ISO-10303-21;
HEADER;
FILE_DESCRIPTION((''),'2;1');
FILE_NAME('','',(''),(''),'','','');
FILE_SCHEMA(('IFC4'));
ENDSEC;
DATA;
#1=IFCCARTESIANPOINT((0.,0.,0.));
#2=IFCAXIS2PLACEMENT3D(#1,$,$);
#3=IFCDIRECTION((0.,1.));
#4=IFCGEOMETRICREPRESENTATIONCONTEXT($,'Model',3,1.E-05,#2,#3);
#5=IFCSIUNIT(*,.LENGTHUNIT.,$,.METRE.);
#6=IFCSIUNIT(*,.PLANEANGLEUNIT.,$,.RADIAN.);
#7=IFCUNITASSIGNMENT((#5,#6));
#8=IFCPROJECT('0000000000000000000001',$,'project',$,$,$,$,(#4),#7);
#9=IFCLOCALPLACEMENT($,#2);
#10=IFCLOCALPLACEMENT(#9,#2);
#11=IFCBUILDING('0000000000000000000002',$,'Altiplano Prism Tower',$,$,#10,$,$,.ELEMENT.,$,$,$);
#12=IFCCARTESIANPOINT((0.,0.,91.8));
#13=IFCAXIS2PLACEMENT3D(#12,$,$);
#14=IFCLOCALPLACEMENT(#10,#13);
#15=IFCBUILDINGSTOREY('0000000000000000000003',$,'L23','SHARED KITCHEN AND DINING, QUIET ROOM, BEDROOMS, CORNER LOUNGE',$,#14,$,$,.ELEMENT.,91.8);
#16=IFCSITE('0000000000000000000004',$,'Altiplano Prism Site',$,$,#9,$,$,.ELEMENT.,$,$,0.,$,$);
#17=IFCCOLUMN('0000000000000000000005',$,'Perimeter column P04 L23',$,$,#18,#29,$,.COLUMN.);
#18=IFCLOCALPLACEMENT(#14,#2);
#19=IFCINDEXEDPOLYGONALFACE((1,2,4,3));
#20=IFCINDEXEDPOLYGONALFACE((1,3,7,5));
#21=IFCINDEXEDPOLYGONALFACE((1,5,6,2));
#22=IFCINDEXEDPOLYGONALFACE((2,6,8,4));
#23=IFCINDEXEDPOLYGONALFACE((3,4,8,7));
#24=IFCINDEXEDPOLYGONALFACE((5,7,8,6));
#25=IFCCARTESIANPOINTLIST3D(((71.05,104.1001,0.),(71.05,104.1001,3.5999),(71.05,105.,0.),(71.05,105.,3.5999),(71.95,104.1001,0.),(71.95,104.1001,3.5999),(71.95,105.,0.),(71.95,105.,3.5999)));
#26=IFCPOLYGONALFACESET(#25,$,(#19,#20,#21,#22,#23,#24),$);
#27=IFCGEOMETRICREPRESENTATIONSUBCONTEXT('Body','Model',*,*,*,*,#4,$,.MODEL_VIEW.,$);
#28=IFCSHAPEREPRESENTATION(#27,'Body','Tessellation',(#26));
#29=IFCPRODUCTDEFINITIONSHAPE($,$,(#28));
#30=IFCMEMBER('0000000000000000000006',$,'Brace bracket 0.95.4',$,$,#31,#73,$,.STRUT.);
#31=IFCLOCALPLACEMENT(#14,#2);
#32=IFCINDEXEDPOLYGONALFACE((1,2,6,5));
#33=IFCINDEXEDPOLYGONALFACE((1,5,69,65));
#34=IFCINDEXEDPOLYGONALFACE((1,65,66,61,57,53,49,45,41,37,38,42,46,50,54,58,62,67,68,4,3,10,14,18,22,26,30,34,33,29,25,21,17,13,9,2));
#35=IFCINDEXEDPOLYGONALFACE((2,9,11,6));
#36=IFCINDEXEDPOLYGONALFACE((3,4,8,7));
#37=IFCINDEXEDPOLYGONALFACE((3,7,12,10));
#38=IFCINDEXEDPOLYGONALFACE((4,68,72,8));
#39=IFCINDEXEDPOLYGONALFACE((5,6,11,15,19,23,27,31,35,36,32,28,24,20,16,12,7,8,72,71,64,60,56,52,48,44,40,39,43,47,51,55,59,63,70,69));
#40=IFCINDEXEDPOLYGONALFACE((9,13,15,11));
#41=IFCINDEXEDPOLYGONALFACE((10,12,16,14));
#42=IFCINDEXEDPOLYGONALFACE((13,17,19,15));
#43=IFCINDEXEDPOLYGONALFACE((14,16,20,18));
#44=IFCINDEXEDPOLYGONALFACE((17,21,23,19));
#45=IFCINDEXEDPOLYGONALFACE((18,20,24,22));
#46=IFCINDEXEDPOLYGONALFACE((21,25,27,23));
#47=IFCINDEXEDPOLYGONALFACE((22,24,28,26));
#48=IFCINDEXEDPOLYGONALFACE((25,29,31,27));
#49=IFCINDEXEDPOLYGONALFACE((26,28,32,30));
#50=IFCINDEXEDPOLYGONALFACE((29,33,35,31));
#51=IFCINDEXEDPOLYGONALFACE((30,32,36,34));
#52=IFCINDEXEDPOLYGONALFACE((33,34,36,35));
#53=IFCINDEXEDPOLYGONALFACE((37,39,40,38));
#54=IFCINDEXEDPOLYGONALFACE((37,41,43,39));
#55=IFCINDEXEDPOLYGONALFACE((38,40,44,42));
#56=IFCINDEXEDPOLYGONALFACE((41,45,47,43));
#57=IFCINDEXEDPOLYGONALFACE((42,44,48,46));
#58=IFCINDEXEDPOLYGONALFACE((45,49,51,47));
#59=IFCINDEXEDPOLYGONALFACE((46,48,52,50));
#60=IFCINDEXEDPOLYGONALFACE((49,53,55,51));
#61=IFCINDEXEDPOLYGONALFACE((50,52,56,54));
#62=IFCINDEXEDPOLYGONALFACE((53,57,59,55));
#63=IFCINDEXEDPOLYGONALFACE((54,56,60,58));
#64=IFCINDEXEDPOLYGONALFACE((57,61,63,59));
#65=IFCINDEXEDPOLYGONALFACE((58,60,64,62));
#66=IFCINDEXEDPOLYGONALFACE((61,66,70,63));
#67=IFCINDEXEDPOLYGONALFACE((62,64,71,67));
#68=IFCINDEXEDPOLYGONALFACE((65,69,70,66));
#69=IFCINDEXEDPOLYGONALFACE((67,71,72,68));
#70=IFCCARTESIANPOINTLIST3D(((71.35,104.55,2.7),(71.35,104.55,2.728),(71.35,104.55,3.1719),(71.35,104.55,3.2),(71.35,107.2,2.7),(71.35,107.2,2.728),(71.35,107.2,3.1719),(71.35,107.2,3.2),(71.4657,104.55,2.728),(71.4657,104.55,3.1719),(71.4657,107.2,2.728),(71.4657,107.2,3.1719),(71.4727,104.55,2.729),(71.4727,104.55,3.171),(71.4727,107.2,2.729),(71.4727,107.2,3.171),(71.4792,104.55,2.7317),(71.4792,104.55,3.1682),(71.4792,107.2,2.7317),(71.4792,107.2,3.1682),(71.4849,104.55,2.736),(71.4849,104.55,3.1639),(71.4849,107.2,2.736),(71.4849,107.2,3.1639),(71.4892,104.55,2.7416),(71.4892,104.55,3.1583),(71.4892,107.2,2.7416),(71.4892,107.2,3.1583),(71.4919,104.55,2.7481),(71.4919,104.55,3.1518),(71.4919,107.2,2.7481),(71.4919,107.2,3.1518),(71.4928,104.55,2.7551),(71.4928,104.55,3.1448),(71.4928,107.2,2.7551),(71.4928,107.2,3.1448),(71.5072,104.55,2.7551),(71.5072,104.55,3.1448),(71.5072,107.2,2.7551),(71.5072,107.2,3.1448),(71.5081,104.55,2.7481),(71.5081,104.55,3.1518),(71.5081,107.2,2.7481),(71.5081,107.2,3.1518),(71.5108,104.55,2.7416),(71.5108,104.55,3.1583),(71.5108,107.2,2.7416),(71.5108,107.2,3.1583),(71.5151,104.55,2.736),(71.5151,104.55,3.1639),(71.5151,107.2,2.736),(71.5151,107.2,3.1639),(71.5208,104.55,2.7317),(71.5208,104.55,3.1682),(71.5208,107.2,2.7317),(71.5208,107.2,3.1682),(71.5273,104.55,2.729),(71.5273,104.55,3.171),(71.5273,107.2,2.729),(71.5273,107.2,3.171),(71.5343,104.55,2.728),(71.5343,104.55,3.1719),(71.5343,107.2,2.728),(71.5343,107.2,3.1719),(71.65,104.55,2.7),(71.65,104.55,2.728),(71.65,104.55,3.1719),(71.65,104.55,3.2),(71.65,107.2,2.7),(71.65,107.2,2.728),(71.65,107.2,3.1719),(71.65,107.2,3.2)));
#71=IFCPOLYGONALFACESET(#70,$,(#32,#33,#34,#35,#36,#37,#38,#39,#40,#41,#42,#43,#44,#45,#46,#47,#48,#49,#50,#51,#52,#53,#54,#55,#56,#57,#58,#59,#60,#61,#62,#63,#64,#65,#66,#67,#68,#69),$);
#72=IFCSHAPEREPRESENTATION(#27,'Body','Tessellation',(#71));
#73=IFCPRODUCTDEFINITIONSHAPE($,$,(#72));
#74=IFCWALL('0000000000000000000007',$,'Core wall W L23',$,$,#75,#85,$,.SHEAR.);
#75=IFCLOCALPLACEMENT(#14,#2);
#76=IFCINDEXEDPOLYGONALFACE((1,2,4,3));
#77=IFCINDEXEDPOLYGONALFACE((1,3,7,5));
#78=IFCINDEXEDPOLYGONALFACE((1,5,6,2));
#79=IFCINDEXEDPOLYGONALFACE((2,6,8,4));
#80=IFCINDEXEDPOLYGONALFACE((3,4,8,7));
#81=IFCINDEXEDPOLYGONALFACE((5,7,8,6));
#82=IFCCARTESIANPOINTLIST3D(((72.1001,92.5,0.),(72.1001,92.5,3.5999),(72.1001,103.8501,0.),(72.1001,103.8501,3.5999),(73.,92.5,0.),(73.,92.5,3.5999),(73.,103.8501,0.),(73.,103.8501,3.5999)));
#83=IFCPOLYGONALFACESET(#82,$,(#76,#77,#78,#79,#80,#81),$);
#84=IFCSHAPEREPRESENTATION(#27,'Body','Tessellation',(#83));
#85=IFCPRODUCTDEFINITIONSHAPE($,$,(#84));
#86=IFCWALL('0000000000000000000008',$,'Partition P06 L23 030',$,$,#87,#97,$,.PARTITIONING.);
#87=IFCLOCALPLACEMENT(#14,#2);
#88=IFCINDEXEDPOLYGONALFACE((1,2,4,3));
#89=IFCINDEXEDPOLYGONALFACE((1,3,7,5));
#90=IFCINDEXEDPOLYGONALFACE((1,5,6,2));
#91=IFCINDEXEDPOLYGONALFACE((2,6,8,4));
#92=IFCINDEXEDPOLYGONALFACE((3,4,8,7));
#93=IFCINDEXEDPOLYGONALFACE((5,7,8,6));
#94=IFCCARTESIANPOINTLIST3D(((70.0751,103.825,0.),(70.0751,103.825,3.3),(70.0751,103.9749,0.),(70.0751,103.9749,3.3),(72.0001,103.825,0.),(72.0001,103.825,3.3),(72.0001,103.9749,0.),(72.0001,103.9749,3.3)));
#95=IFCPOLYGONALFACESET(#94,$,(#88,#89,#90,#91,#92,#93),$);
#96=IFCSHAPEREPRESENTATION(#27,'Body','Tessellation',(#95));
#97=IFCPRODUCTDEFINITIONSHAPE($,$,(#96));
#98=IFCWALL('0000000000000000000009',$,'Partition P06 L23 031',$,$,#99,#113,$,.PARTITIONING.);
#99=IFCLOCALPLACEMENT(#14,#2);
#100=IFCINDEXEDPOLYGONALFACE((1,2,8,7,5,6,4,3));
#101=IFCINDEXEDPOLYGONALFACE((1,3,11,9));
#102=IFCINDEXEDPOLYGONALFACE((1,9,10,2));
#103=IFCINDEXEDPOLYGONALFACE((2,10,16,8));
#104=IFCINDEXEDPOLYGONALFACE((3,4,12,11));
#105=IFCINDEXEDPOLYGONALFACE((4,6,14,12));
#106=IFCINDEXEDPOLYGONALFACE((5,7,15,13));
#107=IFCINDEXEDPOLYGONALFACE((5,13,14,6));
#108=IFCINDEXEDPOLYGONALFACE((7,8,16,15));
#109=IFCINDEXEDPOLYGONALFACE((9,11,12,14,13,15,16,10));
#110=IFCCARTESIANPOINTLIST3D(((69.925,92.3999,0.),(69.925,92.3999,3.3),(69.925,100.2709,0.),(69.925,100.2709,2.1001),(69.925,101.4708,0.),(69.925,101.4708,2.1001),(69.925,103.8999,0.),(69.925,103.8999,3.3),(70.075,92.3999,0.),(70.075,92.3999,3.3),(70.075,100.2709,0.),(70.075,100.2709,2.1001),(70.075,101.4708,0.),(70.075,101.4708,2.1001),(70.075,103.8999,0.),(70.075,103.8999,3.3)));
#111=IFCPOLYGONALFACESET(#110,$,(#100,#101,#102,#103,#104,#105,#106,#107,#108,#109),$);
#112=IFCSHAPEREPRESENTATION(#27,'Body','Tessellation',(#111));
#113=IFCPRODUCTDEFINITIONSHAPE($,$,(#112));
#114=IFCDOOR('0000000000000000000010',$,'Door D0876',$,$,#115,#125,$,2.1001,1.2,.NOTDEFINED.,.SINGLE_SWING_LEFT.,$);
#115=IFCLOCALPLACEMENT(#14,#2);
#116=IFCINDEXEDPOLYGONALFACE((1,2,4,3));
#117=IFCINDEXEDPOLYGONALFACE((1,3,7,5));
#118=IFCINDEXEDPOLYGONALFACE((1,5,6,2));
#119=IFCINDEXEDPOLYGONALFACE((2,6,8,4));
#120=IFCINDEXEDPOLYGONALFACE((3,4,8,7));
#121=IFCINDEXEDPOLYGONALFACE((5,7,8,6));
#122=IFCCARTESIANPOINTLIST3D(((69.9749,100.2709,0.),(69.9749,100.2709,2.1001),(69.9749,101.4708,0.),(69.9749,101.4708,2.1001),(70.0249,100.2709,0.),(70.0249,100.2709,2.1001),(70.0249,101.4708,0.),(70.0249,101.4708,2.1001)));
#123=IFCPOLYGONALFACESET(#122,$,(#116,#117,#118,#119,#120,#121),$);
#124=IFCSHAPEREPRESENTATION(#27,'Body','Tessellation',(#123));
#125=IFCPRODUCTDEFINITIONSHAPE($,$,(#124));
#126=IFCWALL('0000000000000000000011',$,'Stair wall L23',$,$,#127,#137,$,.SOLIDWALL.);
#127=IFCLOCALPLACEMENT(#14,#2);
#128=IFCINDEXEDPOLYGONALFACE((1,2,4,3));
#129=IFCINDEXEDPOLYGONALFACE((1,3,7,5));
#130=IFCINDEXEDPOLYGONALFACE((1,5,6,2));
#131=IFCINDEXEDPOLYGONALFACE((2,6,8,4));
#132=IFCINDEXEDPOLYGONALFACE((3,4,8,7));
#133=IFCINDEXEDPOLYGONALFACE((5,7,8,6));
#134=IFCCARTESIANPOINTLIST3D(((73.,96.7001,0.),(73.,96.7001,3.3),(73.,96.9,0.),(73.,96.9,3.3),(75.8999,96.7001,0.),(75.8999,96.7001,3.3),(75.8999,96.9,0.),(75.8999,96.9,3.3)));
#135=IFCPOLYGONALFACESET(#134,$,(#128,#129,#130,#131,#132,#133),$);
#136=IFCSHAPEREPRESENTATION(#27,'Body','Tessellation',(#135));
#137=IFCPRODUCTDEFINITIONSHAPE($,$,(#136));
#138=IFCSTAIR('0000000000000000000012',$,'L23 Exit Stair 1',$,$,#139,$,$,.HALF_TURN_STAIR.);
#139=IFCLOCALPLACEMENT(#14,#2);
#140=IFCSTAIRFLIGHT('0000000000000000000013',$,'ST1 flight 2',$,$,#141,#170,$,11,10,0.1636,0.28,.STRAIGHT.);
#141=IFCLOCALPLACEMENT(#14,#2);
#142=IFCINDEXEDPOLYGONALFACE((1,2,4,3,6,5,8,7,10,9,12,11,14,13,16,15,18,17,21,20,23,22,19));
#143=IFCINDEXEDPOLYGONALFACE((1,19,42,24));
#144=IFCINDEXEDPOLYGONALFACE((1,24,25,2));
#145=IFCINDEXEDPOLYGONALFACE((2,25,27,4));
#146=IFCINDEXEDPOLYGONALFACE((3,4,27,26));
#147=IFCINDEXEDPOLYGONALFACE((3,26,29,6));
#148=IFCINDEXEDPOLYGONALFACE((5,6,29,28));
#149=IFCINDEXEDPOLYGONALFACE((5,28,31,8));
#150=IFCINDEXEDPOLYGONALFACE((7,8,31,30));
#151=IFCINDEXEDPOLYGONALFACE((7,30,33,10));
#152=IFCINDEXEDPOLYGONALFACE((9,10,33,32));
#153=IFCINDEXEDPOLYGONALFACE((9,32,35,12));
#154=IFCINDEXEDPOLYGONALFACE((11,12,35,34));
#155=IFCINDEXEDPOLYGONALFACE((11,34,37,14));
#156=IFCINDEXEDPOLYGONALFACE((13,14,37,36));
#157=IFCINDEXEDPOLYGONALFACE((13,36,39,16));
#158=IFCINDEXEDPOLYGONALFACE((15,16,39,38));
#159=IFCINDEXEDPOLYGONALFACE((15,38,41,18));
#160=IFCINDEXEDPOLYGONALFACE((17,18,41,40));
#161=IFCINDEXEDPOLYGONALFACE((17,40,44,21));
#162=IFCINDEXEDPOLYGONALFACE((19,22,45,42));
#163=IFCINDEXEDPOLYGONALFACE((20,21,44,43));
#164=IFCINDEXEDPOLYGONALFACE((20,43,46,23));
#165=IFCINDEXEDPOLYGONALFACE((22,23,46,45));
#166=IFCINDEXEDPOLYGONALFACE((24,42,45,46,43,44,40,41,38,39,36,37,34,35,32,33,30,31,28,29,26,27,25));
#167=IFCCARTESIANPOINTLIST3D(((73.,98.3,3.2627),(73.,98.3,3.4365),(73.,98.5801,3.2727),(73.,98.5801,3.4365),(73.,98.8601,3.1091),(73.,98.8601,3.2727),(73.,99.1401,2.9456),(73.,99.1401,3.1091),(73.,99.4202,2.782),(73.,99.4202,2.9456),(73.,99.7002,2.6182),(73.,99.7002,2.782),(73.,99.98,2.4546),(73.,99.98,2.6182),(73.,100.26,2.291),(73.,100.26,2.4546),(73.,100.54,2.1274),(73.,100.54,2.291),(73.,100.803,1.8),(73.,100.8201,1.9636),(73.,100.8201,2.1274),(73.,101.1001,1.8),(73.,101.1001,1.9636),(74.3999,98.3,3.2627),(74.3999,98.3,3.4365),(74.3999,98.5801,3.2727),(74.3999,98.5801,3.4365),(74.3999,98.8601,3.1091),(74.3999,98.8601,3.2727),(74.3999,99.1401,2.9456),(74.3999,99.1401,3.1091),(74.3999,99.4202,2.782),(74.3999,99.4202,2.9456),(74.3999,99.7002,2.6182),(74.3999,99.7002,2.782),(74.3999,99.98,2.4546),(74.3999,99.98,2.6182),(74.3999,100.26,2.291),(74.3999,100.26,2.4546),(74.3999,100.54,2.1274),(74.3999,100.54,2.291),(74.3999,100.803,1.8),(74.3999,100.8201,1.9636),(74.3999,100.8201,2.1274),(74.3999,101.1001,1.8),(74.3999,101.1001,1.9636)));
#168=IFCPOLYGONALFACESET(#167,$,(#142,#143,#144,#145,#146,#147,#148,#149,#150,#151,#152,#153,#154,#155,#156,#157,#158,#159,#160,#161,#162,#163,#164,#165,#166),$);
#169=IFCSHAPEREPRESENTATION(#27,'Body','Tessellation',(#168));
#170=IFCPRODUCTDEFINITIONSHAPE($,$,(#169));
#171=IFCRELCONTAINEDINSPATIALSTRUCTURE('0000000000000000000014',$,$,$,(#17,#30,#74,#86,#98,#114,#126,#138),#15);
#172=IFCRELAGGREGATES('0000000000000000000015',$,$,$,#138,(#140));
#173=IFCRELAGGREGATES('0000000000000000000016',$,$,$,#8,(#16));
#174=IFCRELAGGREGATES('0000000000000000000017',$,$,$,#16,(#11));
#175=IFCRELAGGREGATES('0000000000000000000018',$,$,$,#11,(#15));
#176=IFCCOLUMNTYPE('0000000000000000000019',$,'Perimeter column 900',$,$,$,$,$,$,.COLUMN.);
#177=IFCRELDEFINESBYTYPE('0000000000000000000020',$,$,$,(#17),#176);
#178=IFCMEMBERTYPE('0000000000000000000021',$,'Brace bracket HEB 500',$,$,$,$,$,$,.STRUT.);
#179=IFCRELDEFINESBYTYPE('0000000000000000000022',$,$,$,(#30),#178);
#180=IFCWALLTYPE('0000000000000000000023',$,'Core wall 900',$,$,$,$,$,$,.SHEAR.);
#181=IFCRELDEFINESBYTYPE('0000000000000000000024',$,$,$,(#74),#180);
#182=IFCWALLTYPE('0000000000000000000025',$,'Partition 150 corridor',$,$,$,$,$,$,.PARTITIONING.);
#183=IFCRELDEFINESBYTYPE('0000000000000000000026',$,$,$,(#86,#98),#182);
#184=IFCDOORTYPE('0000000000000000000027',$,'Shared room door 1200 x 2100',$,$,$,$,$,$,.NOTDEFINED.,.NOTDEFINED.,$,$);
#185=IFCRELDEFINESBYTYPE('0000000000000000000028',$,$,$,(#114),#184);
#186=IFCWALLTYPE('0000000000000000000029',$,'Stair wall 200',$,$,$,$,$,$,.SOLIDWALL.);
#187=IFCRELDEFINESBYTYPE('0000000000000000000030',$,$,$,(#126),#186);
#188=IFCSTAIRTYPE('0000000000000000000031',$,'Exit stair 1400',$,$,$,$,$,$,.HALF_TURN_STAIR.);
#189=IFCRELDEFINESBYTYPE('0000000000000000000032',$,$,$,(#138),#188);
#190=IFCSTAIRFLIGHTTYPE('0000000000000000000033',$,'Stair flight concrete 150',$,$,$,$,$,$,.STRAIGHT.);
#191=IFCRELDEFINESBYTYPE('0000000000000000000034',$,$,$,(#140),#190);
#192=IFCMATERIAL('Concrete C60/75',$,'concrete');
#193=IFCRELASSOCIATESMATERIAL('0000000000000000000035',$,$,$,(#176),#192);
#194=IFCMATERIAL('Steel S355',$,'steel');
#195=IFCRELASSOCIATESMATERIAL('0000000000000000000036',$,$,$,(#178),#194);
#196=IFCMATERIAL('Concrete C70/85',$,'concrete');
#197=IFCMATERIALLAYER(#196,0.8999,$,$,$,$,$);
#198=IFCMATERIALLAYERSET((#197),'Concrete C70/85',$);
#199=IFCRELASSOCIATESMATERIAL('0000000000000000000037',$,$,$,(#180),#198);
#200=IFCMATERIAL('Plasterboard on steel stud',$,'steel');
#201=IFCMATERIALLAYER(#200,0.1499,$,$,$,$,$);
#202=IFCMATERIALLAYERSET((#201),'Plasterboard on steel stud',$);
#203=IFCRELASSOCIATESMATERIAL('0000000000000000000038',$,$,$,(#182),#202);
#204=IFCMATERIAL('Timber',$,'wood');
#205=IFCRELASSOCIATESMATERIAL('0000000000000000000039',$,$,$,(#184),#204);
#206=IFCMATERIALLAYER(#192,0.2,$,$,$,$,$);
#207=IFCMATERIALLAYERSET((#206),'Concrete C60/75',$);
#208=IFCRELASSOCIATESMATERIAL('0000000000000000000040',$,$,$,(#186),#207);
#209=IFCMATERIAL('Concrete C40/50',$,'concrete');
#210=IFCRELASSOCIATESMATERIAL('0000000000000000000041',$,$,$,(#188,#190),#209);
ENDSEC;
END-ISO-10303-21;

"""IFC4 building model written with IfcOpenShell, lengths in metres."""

from ifc_helpers import new_model, si_unit, direction, frame, frame_2d, origin, origin_2d, place, context, subcontext, project, spatial, polyline, rectangle, i_section, outline, extrude, material, layer, layer_set, material_profile, profile_set, type_object, element, fill, aggregate, save


model = new_model("IFC4")

# Units and contexts
model_context = context("Model", 3, precision=1e-05, world=origin(), true_north=direction((0.0, 1.0)))
body_context = subcontext(model_context, "Body", "Model", "MODEL_VIEW")
ifc_project = project(units=[si_unit("LENGTHUNIT", "METRE"), si_unit("PLANEANGLEUNIT", "RADIAN")], contexts=[model_context])

# Site, building, storey
site_placement = place(None, origin())
site = spatial("IfcSite", under=ifc_project, at=site_placement, Name="Altiplano Prism Site", CompositionType="ELEMENT", RefElevation=0.0)
building_placement = place(site_placement, origin())
building = spatial("IfcBuilding", under=site, at=building_placement, Name="Altiplano Prism Tower", CompositionType="ELEMENT")
storey_placement = place(building_placement, frame((0.0, 0.0, 91.8)))
storey = spatial("IfcBuildingStorey", under=building, at=storey_placement, Name="L23", Description="SHARED KITCHEN AND DINING, QUIET ROOM, BEDROOMS, CORNER LOUNGE", CompositionType="ELEMENT", Elevation=91.8)

# Column
ifc_material_1 = material(Name="Concrete C60/75", Category="concrete")
ifc_material_profile_1 = material_profile(ifc_material_1, rectangle(XDim=0.8999, YDim=0.8999, at=origin_2d()), Name="Perimeter column 900")
ifc_profile_set_1 = profile_set([ifc_material_profile_1], Name="Concrete C60/75")
column_type = type_object("IfcColumnType", Name="Perimeter column 900", PredefinedType="COLUMN", material=ifc_profile_set_1)
column_placement = place(storey_placement, frame((71.5, 104.55, 0.0), z_axis=(0.0, 0.0, 1.0), x_axis=(1.0, 0.0, 0.0)))
element("IfcColumn", 1, at=column_placement, inside=storey, type_object=column_type, Name="Perimeter column P04 L23", PredefinedType="COLUMN", context=body_context, shape_type="SweptSolid", body=[
    extrude(rectangle(XDim=0.8999, YDim=0.8999, at=origin_2d()), origin(), (0.0, 0.0, 1.0), 3.5999),
])

# Member
ifc_material_2 = material(Name="Steel S355", Category="steel")
ifc_material_profile_2 = material_profile(ifc_material_2, i_section(OverallWidth=0.3, OverallDepth=0.5, WebThickness=0.0144, FlangeThickness=0.0281, FilletRadius=0.0271, at=origin_2d()), Name="Brace bracket HEB 500")
ifc_profile_set_2 = profile_set([ifc_material_profile_2], Name="Steel S355")
member_type = type_object("IfcMemberType", Name="Brace bracket HEB 500", PredefinedType="STRUT", material=ifc_profile_set_2)
member_placement = place(storey_placement, frame((71.5, 104.55, 2.95), z_axis=(0.0, 1.0, 0.0), x_axis=(-1.0, 0.0, 0.0)))
element("IfcMember", 2, at=member_placement, inside=storey, type_object=member_type, Name="Brace bracket 0.95.4", PredefinedType="STRUT", context=body_context, shape_type="SweptSolid", body=[
    extrude(i_section(OverallWidth=0.3, OverallDepth=0.5, WebThickness=0.0144, FlangeThickness=0.0281, FilletRadius=0.0271, at=origin_2d()), origin(), (0.0, 0.0, 1.0), 2.6499),
])

# Walls
ifc_material_3 = material(Name="Concrete C70/85", Category="concrete")
ifc_layer_1 = layer(ifc_material_3, 0.8999)
ifc_layer_set_1 = layer_set([ifc_layer_1], Name="Concrete C70/85")
wall_type_1 = type_object("IfcWallType", Name="Core wall 900", PredefinedType="SHEAR", material=ifc_layer_set_1)
wall_1_placement = place(storey_placement, frame((72.55, 103.8501, 0.0), z_axis=(0.0, 0.0, 1.0), x_axis=(0.0, -1.0, 0.0)))
element("IfcWall", 3, at=wall_1_placement, inside=storey, type_object=wall_type_1, Name="Core wall W L23", PredefinedType="SHEAR", context=body_context, shape_type="SweptSolid", body=[
    extrude(rectangle(XDim=11.3501, YDim=0.8999, at=frame_2d((5.675, 0.0))), origin(), (0.0, 0.0, 1.0), 3.5999),
])
ifc_material_4 = material(Name="Plasterboard on steel stud", Category="steel")
ifc_layer_2 = layer(ifc_material_4, 0.1499)
ifc_layer_set_2 = layer_set([ifc_layer_2], Name="Plasterboard on steel stud")
wall_type_2 = type_object("IfcWallType", Name="Partition 150 corridor", PredefinedType="PARTITIONING", material=ifc_layer_set_2)
wall_2_placement = place(storey_placement, frame((72.0, 103.8999, 0.0), z_axis=(0.0, 0.0, 1.0), x_axis=(-1.0, 0.0, 0.0)))
element("IfcWall", 4, at=wall_2_placement, inside=storey, type_object=wall_type_2, Name="Partition P06 L23 030", PredefinedType="PARTITIONING", context=body_context, shape_type="SweptSolid", body=[
    extrude(rectangle(XDim=1.925, YDim=0.1499, at=frame_2d((0.9624, 0.0))), origin(), (0.0, 0.0, 1.0), 3.3),
])

# Wall, opening, door
wall_3_placement = place(storey_placement, frame((70.0, 103.8999, 0.0), z_axis=(0.0, 0.0, 1.0), x_axis=(0.0, -1.0, 0.0)))
wall_3 = element("IfcWall", 5, at=wall_3_placement, inside=storey, type_object=wall_type_2, Name="Partition P06 L23 031", PredefinedType="PARTITIONING", context=body_context, shape_type="SweptSolid", body=[
    extrude(rectangle(XDim=11.5, YDim=0.1499, at=frame_2d((5.75, 0.0))), origin(), (0.0, 0.0, 1.0), 3.3),
])
opening_placement = place(wall_3_placement, frame((2.429, 0.0, 0.0)))
opening = element("IfcOpeningElement", 6, at=opening_placement, cuts=wall_3, PredefinedType="OPENING", context=body_context, shape_type="SweptSolid", body=[
    extrude(rectangle(XDim=1.2, YDim=2.1001, at=frame_2d((0.6001, 1.05))), frame((0.0, 0.0854, 0.0), z_axis=(0.0, -1.0, 0.0), x_axis=(1.0, 0.0, 0.0)), (0.0, 0.0, 1.0), 0.1709),
])
ifc_material_5 = material(Name="Timber", Category="wood")
door_type = type_object("IfcDoorType", Name="Shared room door 1200 x 2100", OperationType="NOTDEFINED", PredefinedType="NOTDEFINED", material=ifc_material_5)
door_placement = place(opening_placement, origin())
door = element("IfcDoor", 7, at=door_placement, inside=storey, type_object=door_type, Name="Door D0876", OperationType="SINGLE_SWING_LEFT", OverallHeight=2.1001, OverallWidth=1.2, PredefinedType="NOTDEFINED", context=body_context, shape_type="SweptSolid", body=[
    extrude(rectangle(XDim=1.2, YDim=2.1001, at=frame_2d((0.6001, 1.05))), frame((0.0, 0.0249, 0.0), z_axis=(0.0, -1.0, 0.0), x_axis=(1.0, 0.0, 0.0)), (0.0, 0.0, 1.0), 0.05),
])
fill(opening, door)

# Wall
ifc_layer_3 = layer(ifc_material_1, 0.2)
ifc_layer_set_3 = layer_set([ifc_layer_3], Name="Concrete C60/75")
wall_type_3 = type_object("IfcWallType", Name="Stair wall 200", PredefinedType="SOLIDWALL", material=ifc_layer_set_3)
wall_4_placement = place(storey_placement, frame((73.0, 96.8, 0.0), z_axis=(0.0, 0.0, 1.0), x_axis=(1.0, 0.0, 0.0)))
element("IfcWall", 8, at=wall_4_placement, inside=storey, type_object=wall_type_3, Name="Stair wall L23", PredefinedType="SOLIDWALL", context=body_context, shape_type="SweptSolid", body=[
    extrude(rectangle(XDim=2.8999, YDim=0.2, at=frame_2d((1.45, 0.0))), origin(), (0.0, 0.0, 1.0), 3.3),
])

# Stair, stair flight
ifc_material_6 = material(Name="Concrete C40/50", Category="concrete")
stair_type = type_object("IfcStairType", Name="Exit stair 1400", PredefinedType="HALF_TURN_STAIR", material=ifc_material_6)
stair_placement = place(storey_placement, origin())
stair = element("IfcStair", 9, at=stair_placement, inside=storey, type_object=stair_type, Name="L23 Exit Stair 1", PredefinedType="HALF_TURN_STAIR")
stair_flight_type = type_object("IfcStairFlightType", Name="Stair flight concrete 150", PredefinedType="STRAIGHT", material=ifc_material_6)
stair_flight_placement = place(storey_placement, frame((73.7, 101.1001, 1.8), z_axis=(0.0, 0.0, 1.0), x_axis=(0.0, -1.0, 0.0)))
stair_flight = element("IfcStairFlight", 10, at=stair_flight_placement, type_object=stair_flight_type, Name="ST1 flight 2", NumberOfRisers=11, NumberOfTreads=10, PredefinedType="STRAIGHT", RiserHeight=0.1636, TreadLength=0.28, context=body_context, shape_type="SweptSolid", body=[
    extrude(outline(polyline([(0.0, 0.0), (0.0, 0.1636), (0.28, 0.1636), (0.28, 0.3274), (0.5601, 0.3274), (0.5601, 0.491), (0.8401, 0.491), (0.8401, 0.6545), (1.1201, 0.6545), (1.1201, 0.8181), (1.3999, 0.8181), (1.3999, 0.9819), (1.6799, 0.9819), (1.6799, 1.1455), (1.96, 1.1455), (1.96, 1.3091), (2.24, 1.3091), (2.24, 1.4727), (2.52, 1.4727), (2.52, 1.6365), (2.8, 1.6365), (2.8, 1.8), (2.8, 1.4626), (0.2971, 0.0), (0.0, 0.0)])), frame((0.0, 0.7, 0.0), z_axis=(0.0, -1.0, 0.0), x_axis=(1.0, 0.0, 0.0)), (0.0, 0.0, 1.0), 1.3999),
])
aggregate(stair, [stair_flight])

save(model, "model.ifc")
